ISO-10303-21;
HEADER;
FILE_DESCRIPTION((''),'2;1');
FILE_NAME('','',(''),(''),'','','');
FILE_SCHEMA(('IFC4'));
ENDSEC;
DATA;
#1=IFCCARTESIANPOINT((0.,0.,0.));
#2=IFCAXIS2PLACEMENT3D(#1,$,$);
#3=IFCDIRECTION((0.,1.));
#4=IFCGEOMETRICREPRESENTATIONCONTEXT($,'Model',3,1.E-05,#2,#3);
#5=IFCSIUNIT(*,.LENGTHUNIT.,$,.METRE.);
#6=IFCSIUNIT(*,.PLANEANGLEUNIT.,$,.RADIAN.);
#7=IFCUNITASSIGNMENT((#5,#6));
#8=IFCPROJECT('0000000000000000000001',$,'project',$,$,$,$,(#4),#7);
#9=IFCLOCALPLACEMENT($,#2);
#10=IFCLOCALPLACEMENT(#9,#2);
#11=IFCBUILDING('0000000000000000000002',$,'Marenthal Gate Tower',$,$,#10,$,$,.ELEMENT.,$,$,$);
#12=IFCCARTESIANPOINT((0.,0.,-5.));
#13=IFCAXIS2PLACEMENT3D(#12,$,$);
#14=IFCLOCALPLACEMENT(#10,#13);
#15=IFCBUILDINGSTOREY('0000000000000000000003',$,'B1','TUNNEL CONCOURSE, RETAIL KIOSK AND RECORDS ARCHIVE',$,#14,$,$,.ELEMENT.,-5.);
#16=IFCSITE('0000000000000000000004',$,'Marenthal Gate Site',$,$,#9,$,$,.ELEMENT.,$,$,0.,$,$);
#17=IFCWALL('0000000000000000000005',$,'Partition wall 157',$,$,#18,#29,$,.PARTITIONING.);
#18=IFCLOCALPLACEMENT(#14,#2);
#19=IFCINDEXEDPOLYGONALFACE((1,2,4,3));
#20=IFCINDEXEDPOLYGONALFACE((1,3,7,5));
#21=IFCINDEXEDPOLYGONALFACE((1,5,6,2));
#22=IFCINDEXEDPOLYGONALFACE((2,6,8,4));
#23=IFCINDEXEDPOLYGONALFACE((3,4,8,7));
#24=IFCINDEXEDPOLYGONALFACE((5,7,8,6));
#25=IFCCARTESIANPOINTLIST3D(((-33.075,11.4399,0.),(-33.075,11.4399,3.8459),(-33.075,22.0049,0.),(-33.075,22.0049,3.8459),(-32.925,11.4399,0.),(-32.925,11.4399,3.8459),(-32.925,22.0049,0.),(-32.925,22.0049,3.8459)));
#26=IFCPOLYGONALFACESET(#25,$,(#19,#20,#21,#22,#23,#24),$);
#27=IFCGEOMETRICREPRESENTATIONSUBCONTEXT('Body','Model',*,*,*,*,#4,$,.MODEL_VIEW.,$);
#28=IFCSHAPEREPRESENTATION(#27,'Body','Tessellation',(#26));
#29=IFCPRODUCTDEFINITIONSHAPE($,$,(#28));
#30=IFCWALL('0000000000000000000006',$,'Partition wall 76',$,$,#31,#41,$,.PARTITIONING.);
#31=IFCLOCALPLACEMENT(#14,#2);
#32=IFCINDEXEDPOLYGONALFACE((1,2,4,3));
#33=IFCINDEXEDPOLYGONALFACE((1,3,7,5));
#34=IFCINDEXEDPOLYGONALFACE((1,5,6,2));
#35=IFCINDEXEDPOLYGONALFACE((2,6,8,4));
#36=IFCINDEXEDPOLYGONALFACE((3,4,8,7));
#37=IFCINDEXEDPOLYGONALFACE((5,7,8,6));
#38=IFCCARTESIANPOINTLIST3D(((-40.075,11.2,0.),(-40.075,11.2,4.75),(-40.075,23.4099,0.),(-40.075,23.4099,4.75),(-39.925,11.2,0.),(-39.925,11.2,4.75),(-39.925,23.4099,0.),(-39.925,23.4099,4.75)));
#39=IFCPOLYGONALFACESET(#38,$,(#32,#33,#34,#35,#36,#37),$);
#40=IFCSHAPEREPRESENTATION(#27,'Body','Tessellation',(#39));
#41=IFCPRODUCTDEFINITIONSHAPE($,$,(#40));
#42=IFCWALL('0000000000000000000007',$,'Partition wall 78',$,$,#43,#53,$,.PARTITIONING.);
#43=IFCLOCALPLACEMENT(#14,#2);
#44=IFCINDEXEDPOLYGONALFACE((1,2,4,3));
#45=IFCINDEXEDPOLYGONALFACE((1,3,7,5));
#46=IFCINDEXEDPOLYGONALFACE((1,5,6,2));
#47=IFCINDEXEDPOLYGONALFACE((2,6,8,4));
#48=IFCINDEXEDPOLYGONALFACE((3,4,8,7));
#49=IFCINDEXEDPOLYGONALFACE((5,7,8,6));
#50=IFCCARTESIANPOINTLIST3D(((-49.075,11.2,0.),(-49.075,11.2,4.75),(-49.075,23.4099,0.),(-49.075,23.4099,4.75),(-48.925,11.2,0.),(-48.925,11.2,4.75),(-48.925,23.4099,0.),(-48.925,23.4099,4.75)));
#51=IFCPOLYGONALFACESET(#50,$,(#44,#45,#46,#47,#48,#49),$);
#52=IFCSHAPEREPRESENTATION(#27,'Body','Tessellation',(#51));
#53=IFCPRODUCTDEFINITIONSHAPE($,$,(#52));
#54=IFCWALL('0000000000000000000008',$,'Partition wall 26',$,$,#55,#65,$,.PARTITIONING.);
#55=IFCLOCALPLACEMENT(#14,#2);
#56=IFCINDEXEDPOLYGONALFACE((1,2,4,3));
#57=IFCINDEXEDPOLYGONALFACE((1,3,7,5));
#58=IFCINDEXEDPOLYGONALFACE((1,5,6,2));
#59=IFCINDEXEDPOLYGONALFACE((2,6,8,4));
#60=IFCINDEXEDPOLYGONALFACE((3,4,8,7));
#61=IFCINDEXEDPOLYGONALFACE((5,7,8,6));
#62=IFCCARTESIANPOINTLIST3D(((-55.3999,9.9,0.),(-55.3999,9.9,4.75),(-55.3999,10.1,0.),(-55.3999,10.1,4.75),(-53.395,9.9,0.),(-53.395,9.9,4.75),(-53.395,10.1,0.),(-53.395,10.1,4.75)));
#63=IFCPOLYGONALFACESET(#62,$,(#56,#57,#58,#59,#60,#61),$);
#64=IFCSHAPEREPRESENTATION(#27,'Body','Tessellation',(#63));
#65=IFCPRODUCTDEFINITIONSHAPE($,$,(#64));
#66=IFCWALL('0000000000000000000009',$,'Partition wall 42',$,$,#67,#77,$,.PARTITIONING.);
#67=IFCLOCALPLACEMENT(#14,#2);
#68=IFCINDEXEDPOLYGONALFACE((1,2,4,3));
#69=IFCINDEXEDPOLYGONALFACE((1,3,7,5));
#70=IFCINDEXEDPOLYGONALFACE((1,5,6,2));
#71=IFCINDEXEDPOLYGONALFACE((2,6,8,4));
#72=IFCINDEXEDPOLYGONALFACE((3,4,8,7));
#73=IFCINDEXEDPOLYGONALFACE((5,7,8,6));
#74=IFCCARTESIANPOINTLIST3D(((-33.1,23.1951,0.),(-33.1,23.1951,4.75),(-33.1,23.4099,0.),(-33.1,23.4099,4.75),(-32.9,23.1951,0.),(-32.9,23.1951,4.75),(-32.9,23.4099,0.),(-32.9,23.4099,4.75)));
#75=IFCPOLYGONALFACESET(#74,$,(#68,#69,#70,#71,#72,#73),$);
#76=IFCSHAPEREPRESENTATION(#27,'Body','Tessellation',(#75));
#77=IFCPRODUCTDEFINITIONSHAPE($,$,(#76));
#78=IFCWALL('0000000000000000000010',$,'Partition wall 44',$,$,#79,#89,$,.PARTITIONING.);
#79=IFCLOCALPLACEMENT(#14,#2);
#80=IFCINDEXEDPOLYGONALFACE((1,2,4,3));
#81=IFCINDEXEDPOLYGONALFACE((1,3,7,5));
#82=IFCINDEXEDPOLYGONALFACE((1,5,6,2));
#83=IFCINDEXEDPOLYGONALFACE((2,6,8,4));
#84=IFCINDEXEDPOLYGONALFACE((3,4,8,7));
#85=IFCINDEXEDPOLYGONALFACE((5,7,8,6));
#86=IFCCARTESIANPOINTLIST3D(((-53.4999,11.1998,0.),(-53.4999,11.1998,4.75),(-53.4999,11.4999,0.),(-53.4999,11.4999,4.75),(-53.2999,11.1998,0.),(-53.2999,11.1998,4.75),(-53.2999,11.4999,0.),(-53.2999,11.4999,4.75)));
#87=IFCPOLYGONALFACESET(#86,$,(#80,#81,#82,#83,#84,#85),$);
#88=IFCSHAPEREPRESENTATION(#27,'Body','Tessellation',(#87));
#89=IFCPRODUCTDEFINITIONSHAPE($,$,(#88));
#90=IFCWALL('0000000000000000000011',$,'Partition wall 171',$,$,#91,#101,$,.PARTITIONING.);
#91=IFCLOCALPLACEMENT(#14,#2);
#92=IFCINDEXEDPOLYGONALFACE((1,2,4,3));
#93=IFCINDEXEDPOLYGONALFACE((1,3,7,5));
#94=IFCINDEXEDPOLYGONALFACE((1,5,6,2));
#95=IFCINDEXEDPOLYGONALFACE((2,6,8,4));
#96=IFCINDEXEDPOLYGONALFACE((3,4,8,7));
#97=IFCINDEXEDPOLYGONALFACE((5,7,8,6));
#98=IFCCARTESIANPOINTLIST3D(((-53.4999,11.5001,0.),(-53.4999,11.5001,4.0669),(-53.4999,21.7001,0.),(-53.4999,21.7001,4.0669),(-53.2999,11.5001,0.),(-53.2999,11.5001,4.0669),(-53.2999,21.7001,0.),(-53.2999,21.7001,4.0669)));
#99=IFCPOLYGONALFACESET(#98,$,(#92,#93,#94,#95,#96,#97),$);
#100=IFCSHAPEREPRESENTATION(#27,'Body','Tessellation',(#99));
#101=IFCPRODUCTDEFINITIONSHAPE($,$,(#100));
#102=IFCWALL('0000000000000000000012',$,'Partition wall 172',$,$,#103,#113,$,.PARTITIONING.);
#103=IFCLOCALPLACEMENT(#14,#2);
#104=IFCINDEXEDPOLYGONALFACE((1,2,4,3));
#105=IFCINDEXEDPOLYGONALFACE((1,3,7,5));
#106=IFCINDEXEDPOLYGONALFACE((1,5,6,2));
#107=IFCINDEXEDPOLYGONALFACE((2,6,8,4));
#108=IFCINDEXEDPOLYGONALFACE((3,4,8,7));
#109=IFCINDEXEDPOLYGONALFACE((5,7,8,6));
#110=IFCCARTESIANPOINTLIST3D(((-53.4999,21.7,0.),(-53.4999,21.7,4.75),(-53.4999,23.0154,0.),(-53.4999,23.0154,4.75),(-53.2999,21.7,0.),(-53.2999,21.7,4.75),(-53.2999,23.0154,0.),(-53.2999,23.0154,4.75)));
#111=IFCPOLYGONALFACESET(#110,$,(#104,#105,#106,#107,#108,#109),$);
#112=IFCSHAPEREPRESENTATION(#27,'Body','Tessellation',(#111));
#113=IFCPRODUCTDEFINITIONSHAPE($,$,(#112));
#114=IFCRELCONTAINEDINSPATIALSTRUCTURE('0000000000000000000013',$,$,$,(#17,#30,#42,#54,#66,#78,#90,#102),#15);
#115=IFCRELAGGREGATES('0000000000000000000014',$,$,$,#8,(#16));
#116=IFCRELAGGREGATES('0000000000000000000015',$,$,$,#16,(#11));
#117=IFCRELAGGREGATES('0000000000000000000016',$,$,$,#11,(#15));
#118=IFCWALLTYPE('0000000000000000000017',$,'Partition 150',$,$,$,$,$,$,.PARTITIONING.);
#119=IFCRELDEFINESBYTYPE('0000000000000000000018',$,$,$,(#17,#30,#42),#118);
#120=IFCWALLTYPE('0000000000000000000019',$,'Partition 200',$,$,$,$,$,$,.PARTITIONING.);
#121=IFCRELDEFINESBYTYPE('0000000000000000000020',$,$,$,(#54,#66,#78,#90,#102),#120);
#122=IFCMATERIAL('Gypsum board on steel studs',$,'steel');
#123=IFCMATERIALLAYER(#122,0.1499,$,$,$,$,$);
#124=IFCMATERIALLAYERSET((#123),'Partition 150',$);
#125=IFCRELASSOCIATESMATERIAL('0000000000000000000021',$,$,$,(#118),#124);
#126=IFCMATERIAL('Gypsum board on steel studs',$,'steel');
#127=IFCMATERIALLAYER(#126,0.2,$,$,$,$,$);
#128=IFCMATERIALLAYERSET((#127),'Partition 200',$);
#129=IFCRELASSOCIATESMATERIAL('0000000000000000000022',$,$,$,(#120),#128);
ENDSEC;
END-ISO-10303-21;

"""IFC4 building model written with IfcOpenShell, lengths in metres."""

from ifc_helpers import new_model, si_unit, direction, frame, frame_2d, origin, place, context, subcontext, project, spatial, rectangle, extrude, material, layer, layer_set, type_object, element, save


model = new_model("IFC4")

# Units and contexts
model_context = context("Model", 3, precision=1e-05, world=origin(), true_north=direction((0.0, 1.0)))
body_context = subcontext(model_context, "Body", "Model", "MODEL_VIEW")
ifc_project = project(units=[si_unit("LENGTHUNIT", "METRE"), si_unit("PLANEANGLEUNIT", "RADIAN")], contexts=[model_context])

# Site, building, storey
site_placement = place(None, origin())
site = spatial("IfcSite", under=ifc_project, at=site_placement, Name="Marenthal Gate Site", CompositionType="ELEMENT", RefElevation=0.0)
building_placement = place(site_placement, origin())
building = spatial("IfcBuilding", under=site, at=building_placement, Name="Marenthal Gate Tower", CompositionType="ELEMENT")
storey_placement = place(building_placement, frame((0.0, 0.0, -5.0)))
storey = spatial("IfcBuildingStorey", under=building, at=storey_placement, Name="B1", Description="TUNNEL CONCOURSE, RETAIL KIOSK AND RECORDS ARCHIVE", CompositionType="ELEMENT", Elevation=-5.0)

# Shared definitions
ifc_material_1 = material(Name="Gypsum board on steel studs", Category="steel")
ifc_layer_1 = layer(ifc_material_1, 0.1499)
ifc_layer_set_1 = layer_set([ifc_layer_1], Name="Partition 150")
wall_type_1 = type_object("IfcWallType", Name="Partition 150", PredefinedType="PARTITIONING", material=ifc_layer_set_1)

# Walls
wall_1_placement = place(storey_placement, frame((-33.0, 11.4399, 0.0), z_axis=(0.0, 0.0, 1.0), x_axis=(0.0, 1.0, 0.0)))
element("IfcWall", 1, at=wall_1_placement, inside=storey, type_object=wall_type_1, Name="Partition wall 157", PredefinedType="PARTITIONING", context=body_context, shape_type="SweptSolid", body=[
    extrude(rectangle(XDim=10.5649, YDim=0.1499, at=frame_2d((5.2825, 0.0))), origin(), (0.0, 0.0, 1.0), 3.8459),
])
for number, where, z_axis, x_axis, name in (
    (2, (-40.0, 11.2, 0.0), (0.0, 0.0, 1.0), (0.0, 1.0, 0.0), "Partition wall 76"),
    (3, (-49.0, 11.2, 0.0), (0.0, 0.0, 1.0), (0.0, 1.0, 0.0), "Partition wall 78"),
):
    element("IfcWall", number, at=place(storey_placement, frame(where, z_axis=z_axis, x_axis=x_axis)), inside=storey, type_object=wall_type_1, Name=name, PredefinedType="PARTITIONING", context=body_context, shape_type="SweptSolid", body=[
        extrude(rectangle(XDim=12.21, YDim=0.1499, at=frame_2d((6.105, 0.0))), origin(), (0.0, 0.0, 1.0), 4.75),
    ])
ifc_material_2 = material(Name="Gypsum board on steel studs", Category="steel")
ifc_layer_2 = layer(ifc_material_2, 0.2)
ifc_layer_set_2 = layer_set([ifc_layer_2], Name="Partition 200")
wall_type_2 = type_object("IfcWallType", Name="Partition 200", PredefinedType="PARTITIONING", material=ifc_layer_set_2)
wall_2_placement = place(storey_placement, frame((-55.3999, 10.0, 0.0), z_axis=(0.0, 0.0, 1.0), x_axis=(1.0, 0.0, 0.0)))
element("IfcWall", 4, at=wall_2_placement, inside=storey, type_object=wall_type_2, Name="Partition wall 26", PredefinedType="PARTITIONING", context=body_context, shape_type="SweptSolid", body=[
    extrude(rectangle(XDim=2.0049, YDim=0.2, at=frame_2d((1.0024, 0.0))), origin(), (0.0, 0.0, 1.0), 4.75),
])
wall_3_placement = place(storey_placement, frame((-33.0, 23.1951, 0.0), z_axis=(0.0, 0.0, 1.0), x_axis=(0.0, 1.0, 0.0)))
element("IfcWall", 5, at=wall_3_placement, inside=storey, type_object=wall_type_2, Name="Partition wall 42", PredefinedType="PARTITIONING", context=body_context, shape_type="SweptSolid", body=[
    extrude(rectangle(XDim=0.2148, YDim=0.2, at=frame_2d((0.1074, 0.0))), origin(), (0.0, 0.0, 1.0), 4.75),
])
wall_4_placement = place(storey_placement, frame((-53.3999, 11.2, 0.0), z_axis=(0.0, 0.0, 1.0), x_axis=(0.0, 1.0, 0.0)))
element("IfcWall", 6, at=wall_4_placement, inside=storey, type_object=wall_type_2, Name="Partition wall 44", PredefinedType="PARTITIONING", context=body_context, shape_type="SweptSolid", body=[
    extrude(rectangle(XDim=0.3, YDim=0.2, at=frame_2d((0.1499, 0.0))), origin(), (0.0, 0.0, 1.0), 4.75),
])
wall_5_placement = place(storey_placement, frame((-53.3999, 11.5, 0.0), z_axis=(0.0, 0.0, 1.0), x_axis=(0.0, 1.0, 0.0)))
element("IfcWall", 7, at=wall_5_placement, inside=storey, type_object=wall_type_2, Name="Partition wall 171", PredefinedType="PARTITIONING", context=body_context, shape_type="SweptSolid", body=[
    extrude(rectangle(XDim=10.2, YDim=0.2, at=frame_2d((5.1001, 0.0))), origin(), (0.0, 0.0, 1.0), 4.0669),
])
wall_6_placement = place(storey_placement, frame((-53.3999, 21.7, 0.0), z_axis=(0.0, 0.0, 1.0), x_axis=(0.0, 1.0, 0.0)))
element("IfcWall", 8, at=wall_6_placement, inside=storey, type_object=wall_type_2, Name="Partition wall 172", PredefinedType="PARTITIONING", context=body_context, shape_type="SweptSolid", body=[
    extrude(rectangle(XDim=1.3154, YDim=0.2, at=frame_2d((0.6577, 0.0))), origin(), (0.0, 0.0, 1.0), 4.75),
])

save(model, "model.ifc")
